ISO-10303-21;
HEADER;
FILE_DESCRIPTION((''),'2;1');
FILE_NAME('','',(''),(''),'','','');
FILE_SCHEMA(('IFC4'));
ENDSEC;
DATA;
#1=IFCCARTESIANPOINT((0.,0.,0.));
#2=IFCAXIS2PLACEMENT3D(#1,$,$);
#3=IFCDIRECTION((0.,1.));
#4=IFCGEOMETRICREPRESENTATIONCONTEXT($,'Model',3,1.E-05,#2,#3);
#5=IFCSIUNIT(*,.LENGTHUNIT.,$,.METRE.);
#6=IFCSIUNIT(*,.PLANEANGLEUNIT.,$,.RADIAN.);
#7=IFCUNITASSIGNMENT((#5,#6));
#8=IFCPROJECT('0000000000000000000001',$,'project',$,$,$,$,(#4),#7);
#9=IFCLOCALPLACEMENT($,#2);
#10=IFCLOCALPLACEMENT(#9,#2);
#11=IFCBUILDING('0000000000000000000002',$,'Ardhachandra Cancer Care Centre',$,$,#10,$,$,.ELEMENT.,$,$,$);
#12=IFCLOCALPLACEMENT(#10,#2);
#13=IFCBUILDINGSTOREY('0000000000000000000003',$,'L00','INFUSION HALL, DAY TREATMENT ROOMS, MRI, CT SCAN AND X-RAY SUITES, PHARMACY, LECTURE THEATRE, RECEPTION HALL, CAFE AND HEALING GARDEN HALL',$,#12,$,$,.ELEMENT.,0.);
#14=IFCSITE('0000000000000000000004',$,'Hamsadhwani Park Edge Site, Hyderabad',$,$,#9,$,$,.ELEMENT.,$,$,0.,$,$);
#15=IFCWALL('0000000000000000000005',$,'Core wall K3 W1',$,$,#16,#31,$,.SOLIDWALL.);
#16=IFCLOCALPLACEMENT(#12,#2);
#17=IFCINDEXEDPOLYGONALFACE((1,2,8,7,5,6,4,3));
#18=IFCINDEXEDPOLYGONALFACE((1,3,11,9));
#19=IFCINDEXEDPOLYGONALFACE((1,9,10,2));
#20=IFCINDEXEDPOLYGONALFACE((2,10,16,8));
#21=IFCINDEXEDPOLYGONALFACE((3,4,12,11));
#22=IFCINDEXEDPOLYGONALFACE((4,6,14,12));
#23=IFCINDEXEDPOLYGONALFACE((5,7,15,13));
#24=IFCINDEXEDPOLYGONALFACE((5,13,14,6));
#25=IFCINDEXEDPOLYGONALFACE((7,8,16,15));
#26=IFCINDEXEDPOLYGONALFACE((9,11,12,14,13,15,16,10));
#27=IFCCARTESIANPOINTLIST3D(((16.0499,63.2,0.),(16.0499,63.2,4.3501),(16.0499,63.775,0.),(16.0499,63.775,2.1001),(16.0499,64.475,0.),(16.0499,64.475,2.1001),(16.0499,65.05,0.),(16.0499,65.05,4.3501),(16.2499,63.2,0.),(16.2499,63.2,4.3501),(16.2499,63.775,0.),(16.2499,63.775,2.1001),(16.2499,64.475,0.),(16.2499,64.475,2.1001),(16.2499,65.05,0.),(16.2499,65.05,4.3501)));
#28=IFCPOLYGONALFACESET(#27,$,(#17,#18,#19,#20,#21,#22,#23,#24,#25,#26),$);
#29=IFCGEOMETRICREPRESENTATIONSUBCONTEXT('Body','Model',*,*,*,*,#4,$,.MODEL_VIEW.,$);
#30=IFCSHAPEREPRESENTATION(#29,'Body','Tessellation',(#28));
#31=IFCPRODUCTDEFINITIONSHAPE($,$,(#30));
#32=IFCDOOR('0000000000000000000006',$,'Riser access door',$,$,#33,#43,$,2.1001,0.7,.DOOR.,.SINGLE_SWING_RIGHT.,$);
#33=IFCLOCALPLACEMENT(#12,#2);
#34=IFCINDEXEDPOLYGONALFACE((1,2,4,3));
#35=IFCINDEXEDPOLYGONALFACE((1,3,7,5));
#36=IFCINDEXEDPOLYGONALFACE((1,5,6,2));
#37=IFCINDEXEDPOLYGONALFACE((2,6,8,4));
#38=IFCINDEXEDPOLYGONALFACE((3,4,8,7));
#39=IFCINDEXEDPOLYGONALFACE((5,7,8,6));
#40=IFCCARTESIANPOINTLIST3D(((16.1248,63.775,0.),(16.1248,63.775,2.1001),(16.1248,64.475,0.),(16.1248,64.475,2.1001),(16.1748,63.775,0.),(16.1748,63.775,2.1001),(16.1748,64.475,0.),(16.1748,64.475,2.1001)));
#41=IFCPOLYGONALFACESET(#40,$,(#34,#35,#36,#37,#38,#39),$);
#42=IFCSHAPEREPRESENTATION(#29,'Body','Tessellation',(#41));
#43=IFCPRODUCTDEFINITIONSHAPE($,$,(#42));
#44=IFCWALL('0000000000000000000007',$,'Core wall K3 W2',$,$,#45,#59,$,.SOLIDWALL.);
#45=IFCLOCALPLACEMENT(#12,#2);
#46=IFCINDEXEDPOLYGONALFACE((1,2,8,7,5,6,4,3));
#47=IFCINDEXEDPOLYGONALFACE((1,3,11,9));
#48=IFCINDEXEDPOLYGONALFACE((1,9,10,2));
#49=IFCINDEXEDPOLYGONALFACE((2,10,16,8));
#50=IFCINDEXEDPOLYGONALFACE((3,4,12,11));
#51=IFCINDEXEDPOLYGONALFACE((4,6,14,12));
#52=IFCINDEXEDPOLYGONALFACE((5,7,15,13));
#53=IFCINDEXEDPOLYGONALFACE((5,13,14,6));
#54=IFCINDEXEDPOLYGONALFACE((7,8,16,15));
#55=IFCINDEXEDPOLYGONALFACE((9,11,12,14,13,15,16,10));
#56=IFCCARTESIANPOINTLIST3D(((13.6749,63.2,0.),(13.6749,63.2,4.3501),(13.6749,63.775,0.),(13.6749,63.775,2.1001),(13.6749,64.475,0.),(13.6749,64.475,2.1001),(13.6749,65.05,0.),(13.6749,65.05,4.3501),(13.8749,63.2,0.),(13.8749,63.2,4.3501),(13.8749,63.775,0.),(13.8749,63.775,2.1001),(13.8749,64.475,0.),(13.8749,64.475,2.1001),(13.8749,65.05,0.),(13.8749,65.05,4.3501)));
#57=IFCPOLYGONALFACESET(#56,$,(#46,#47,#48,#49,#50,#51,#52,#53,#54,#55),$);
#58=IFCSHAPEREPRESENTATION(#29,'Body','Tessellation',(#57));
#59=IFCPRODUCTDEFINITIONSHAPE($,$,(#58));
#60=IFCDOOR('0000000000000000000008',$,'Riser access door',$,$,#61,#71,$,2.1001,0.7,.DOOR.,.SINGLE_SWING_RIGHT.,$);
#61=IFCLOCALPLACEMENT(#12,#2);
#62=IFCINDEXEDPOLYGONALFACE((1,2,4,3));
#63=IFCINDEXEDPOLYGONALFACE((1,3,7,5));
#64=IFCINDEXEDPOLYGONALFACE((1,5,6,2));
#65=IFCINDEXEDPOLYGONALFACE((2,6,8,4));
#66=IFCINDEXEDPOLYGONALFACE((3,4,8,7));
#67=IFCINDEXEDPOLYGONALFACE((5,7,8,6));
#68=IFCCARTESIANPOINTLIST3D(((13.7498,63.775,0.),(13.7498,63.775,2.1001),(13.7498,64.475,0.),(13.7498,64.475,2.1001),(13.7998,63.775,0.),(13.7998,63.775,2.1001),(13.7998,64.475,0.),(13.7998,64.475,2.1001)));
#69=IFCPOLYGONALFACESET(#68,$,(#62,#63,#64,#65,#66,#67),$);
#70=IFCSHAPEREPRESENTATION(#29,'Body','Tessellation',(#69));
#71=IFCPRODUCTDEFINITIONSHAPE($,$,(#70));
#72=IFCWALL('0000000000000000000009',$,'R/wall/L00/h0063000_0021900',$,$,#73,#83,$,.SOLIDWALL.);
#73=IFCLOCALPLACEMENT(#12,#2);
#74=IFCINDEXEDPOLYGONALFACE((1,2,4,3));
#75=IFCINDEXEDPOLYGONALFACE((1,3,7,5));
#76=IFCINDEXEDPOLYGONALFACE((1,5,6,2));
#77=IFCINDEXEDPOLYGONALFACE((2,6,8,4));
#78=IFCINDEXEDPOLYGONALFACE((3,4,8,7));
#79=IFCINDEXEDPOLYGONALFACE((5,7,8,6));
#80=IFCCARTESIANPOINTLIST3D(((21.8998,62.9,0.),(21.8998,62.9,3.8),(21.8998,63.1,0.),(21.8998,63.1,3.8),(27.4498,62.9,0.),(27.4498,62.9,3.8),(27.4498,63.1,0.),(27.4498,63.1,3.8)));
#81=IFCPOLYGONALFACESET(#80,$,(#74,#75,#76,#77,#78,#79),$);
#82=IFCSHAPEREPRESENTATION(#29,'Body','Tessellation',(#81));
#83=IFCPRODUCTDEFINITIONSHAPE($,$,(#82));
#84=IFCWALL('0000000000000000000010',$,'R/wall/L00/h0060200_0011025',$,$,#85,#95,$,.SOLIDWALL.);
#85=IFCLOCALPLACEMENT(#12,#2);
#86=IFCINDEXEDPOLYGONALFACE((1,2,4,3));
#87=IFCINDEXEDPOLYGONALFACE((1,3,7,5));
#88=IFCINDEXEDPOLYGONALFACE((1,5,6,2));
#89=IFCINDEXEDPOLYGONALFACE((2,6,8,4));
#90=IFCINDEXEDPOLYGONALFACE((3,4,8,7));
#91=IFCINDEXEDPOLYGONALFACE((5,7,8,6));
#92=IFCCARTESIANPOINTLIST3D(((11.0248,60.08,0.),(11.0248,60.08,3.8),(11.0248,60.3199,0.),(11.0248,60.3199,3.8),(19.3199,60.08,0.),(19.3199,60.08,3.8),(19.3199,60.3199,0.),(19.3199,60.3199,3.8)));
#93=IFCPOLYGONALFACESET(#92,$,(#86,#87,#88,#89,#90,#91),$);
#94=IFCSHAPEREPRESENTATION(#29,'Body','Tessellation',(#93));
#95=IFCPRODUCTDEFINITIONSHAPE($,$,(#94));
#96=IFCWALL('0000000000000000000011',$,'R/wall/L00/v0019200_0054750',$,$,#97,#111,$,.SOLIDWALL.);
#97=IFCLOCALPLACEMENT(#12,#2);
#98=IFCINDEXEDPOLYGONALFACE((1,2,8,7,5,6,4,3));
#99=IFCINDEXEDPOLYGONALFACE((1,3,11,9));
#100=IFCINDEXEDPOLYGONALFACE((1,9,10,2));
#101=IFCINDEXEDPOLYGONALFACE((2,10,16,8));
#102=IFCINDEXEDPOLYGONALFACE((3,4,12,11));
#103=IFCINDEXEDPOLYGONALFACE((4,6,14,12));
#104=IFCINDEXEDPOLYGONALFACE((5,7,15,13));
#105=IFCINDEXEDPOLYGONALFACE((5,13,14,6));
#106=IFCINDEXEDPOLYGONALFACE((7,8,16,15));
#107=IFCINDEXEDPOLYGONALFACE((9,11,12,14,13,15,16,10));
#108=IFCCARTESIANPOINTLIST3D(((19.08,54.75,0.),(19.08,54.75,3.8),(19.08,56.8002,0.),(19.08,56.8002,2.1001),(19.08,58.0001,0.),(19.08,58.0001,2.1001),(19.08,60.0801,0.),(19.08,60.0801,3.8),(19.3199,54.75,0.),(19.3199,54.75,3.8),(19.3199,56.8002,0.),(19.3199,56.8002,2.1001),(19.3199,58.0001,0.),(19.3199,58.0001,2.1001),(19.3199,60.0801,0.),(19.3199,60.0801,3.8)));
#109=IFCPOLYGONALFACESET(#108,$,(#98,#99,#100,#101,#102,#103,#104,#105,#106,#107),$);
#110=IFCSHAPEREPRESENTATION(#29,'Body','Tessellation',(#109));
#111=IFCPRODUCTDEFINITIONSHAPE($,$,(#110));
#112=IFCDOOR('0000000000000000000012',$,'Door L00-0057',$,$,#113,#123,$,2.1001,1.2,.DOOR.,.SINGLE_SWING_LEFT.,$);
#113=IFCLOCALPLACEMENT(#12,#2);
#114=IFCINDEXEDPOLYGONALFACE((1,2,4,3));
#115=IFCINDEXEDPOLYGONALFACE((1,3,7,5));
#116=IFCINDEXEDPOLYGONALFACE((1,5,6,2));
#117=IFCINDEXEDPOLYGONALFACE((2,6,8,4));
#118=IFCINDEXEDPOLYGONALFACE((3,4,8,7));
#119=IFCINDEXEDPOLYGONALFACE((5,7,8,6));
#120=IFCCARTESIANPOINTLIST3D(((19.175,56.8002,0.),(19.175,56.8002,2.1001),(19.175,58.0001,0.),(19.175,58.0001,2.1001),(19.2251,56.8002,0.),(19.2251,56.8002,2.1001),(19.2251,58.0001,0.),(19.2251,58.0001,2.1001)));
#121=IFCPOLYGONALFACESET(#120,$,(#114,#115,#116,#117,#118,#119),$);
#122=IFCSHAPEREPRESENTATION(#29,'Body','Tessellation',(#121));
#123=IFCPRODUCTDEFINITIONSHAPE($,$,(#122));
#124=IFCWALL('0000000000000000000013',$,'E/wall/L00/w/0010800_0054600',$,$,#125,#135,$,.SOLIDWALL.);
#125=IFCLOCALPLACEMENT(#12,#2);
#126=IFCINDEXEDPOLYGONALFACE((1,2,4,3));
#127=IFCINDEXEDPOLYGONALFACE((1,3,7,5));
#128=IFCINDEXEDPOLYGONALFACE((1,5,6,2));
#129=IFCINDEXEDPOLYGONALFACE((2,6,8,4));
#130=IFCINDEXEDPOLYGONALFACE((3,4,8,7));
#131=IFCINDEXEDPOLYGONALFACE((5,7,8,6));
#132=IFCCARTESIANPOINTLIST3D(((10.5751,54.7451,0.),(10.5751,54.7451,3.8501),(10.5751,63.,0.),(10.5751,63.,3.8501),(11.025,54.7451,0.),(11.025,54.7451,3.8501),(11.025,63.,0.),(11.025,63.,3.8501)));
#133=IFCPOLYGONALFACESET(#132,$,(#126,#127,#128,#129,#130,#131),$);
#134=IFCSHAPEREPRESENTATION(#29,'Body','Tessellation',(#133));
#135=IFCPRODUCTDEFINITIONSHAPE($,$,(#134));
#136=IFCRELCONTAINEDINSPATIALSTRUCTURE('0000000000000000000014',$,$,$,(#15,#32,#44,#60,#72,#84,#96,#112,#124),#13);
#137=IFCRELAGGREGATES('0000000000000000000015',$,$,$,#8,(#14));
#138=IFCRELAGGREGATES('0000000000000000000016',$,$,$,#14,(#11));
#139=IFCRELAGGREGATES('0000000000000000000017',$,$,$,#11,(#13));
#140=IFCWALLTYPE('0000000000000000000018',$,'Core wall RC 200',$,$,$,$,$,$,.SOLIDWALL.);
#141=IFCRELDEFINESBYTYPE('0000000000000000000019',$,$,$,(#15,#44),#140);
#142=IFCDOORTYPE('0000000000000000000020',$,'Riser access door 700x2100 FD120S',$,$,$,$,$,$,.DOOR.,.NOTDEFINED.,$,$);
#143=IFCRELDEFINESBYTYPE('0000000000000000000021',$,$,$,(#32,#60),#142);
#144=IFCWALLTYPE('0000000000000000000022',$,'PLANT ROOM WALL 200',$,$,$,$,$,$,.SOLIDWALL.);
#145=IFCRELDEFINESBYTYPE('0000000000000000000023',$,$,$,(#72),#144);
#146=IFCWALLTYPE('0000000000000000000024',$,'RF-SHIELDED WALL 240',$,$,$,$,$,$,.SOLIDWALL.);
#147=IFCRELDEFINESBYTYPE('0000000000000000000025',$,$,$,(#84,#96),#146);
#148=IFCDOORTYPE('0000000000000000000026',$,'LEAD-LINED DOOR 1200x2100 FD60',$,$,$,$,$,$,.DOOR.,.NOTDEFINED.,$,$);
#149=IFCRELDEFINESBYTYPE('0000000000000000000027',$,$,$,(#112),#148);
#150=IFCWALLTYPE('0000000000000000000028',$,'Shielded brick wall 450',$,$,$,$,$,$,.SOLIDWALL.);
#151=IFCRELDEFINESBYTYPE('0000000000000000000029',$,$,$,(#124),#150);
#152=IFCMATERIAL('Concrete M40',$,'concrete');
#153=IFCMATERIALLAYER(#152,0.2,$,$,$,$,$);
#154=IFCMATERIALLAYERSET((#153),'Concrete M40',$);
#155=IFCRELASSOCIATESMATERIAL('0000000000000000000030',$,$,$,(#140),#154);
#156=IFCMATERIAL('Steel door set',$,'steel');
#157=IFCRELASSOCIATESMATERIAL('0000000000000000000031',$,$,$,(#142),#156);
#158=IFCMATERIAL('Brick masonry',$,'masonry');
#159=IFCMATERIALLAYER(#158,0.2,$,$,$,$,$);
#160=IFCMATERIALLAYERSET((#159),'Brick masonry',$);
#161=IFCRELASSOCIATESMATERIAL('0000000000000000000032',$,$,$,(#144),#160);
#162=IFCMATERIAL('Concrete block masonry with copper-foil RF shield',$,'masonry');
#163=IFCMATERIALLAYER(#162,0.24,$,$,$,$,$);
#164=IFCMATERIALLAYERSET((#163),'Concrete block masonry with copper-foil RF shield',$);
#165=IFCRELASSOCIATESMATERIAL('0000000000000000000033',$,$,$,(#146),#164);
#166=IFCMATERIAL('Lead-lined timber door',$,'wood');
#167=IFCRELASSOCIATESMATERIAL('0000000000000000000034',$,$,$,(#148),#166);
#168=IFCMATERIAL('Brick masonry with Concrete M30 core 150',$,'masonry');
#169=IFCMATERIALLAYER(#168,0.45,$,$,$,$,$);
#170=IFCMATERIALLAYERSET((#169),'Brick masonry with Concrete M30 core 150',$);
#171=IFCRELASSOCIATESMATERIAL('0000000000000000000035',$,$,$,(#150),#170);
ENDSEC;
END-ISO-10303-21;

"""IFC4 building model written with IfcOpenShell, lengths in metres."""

from ifc_helpers import new_model, si_unit, direction, frame, frame_2d, origin, place, context, subcontext, project, spatial, rectangle, extrude, material, layer, layer_set, type_object, element, fill, save


model = new_model("IFC4")

# Units and contexts
model_context = context("Model", 3, precision=1e-05, world=origin(), true_north=direction((0.0, 1.0)))
body_context = subcontext(model_context, "Body", "Model", "MODEL_VIEW")
ifc_project = project(units=[si_unit("LENGTHUNIT", "METRE"), si_unit("PLANEANGLEUNIT", "RADIAN")], contexts=[model_context])

# Site, building, storey
site_placement = place(None, origin())
site = spatial("IfcSite", under=ifc_project, at=site_placement, Name="Hamsadhwani Park Edge Site, Hyderabad", CompositionType="ELEMENT", RefElevation=0.0)
building_placement = place(site_placement, origin())
building = spatial("IfcBuilding", under=site, at=building_placement, Name="Ardhachandra Cancer Care Centre", CompositionType="ELEMENT")
storey_placement = place(building_placement, origin())
storey = spatial("IfcBuildingStorey", under=building, at=storey_placement, Name="L00", Description="INFUSION HALL, DAY TREATMENT ROOMS, MRI, CT SCAN AND X-RAY SUITES, PHARMACY, LECTURE THEATRE, RECEPTION HALL, CAFE AND HEALING GARDEN HALL", CompositionType="ELEMENT", Elevation=0.0)

# Shared definitions
ifc_material_1 = material(Name="Concrete M40", Category="concrete")
ifc_layer_1 = layer(ifc_material_1, 0.2)
ifc_layer_set_1 = layer_set([ifc_layer_1], Name="Concrete M40")
wall_type_1 = type_object("IfcWallType", Name="Core wall RC 200", PredefinedType="SOLIDWALL", material=ifc_layer_set_1)

# Walls, openings, doors
wall_1_placement = place(storey_placement, frame((16.1499, 65.05, 0.0), z_axis=(0.0, 0.0, 1.0), x_axis=(0.0, -1.0, 0.0)))
wall_1 = element("IfcWall", 1, at=wall_1_placement, inside=storey, type_object=wall_type_1, Name="Core wall K3 W1", PredefinedType="SOLIDWALL", context=body_context, shape_type="SweptSolid", body=[
    extrude(rectangle(XDim=1.8501, YDim=0.2, at=frame_2d((0.925, 0.0))), origin(), (0.0, 0.0, 1.0), 4.3501),
])
opening_1_placement = place(wall_1_placement, frame((0.575, 0.0, 0.0)))
opening_1 = element("IfcOpeningElement", 2, at=opening_1_placement, cuts=wall_1, PredefinedType="OPENING", context=body_context, shape_type="SweptSolid", body=[
    extrude(rectangle(XDim=0.7, YDim=2.1001, at=frame_2d((0.3501, 1.05))), frame((0.0, 0.1099, 0.0), z_axis=(0.0, -1.0, 0.0), x_axis=(1.0, 0.0, 0.0)), (0.0, 0.0, 1.0), 0.22),
])
ifc_material_2 = material(Name="Steel door set", Category="steel")
door_type_1 = type_object("IfcDoorType", Name="Riser access door 700x2100 FD120S", OperationType="NOTDEFINED", PredefinedType="DOOR", material=ifc_material_2)
door_1_placement = place(opening_1_placement, origin())
door_1 = element("IfcDoor", 3, at=door_1_placement, inside=storey, type_object=door_type_1, Name="Riser access door", OperationType="SINGLE_SWING_RIGHT", OverallHeight=2.1001, OverallWidth=0.7, PredefinedType="DOOR", context=body_context, shape_type="SweptSolid", body=[
    extrude(rectangle(XDim=0.7, YDim=2.1001, at=frame_2d((0.3501, 1.05))), frame((0.0, 0.0249, 0.0), z_axis=(0.0, -1.0, 0.0), x_axis=(1.0, 0.0, 0.0)), (0.0, 0.0, 1.0), 0.05),
])
fill(opening_1, door_1)
wall_2_placement = place(storey_placement, frame((13.7749, 65.05, 0.0), z_axis=(0.0, 0.0, 1.0), x_axis=(0.0, -1.0, 0.0)))
wall_2 = element("IfcWall", 4, at=wall_2_placement, inside=storey, type_object=wall_type_1, Name="Core wall K3 W2", PredefinedType="SOLIDWALL", context=body_context, shape_type="SweptSolid", body=[
    extrude(rectangle(XDim=1.8501, YDim=0.2, at=frame_2d((0.925, 0.0))), origin(), (0.0, 0.0, 1.0), 4.3501),
])
opening_2_placement = place(wall_2_placement, frame((0.575, 0.0, 0.0)))
opening_2 = element("IfcOpeningElement", 5, at=opening_2_placement, cuts=wall_2, PredefinedType="OPENING", context=body_context, shape_type="SweptSolid", body=[
    extrude(rectangle(XDim=0.7, YDim=2.1001, at=frame_2d((0.3501, 1.05))), frame((0.0, 0.1099, 0.0), z_axis=(0.0, -1.0, 0.0), x_axis=(1.0, 0.0, 0.0)), (0.0, 0.0, 1.0), 0.22),
])
door_2_placement = place(opening_2_placement, origin())
door_2 = element("IfcDoor", 6, at=door_2_placement, inside=storey, type_object=door_type_1, Name="Riser access door", OperationType="SINGLE_SWING_RIGHT", OverallHeight=2.1001, OverallWidth=0.7, PredefinedType="DOOR", context=body_context, shape_type="SweptSolid", body=[
    extrude(rectangle(XDim=0.7, YDim=2.1001, at=frame_2d((0.3501, 1.05))), frame((0.0, 0.0249, 0.0), z_axis=(0.0, -1.0, 0.0), x_axis=(1.0, 0.0, 0.0)), (0.0, 0.0, 1.0), 0.05),
])
fill(opening_2, door_2)

# Walls
ifc_material_3 = material(Name="Brick masonry", Category="masonry")
ifc_layer_2 = layer(ifc_material_3, 0.2)
ifc_layer_set_2 = layer_set([ifc_layer_2], Name="Brick masonry")
wall_type_2 = type_object("IfcWallType", Name="PLANT ROOM WALL 200", PredefinedType="SOLIDWALL", material=ifc_layer_set_2)
wall_3_placement = place(storey_placement, frame((21.8999, 63.0, 0.0), z_axis=(0.0, 0.0, 1.0), x_axis=(1.0, 0.0, 0.0)))
element("IfcWall", 7, at=wall_3_placement, inside=storey, type_object=wall_type_2, Name="R/wall/L00/h0063000_0021900", PredefinedType="SOLIDWALL", context=body_context, shape_type="SweptSolid", body=[
    extrude(rectangle(XDim=5.55, YDim=0.2, at=frame_2d((2.7749, 0.0))), origin(), (0.0, 0.0, 1.0), 3.8),
])
ifc_material_4 = material(Name="Concrete block masonry with copper-foil RF shield", Category="masonry")
ifc_layer_3 = layer(ifc_material_4, 0.24)
ifc_layer_set_3 = layer_set([ifc_layer_3], Name="Concrete block masonry with copper-foil RF shield")
wall_type_3 = type_object("IfcWallType", Name="RF-SHIELDED WALL 240", PredefinedType="SOLIDWALL", material=ifc_layer_set_3)
wall_4_placement = place(storey_placement, frame((11.0249, 60.2, 0.0), z_axis=(0.0, 0.0, 1.0), x_axis=(1.0, 0.0, 0.0)))
element("IfcWall", 8, at=wall_4_placement, inside=storey, type_object=wall_type_3, Name="R/wall/L00/h0060200_0011025", PredefinedType="SOLIDWALL", context=body_context, shape_type="SweptSolid", body=[
    extrude(rectangle(XDim=8.2952, YDim=0.24, at=frame_2d((4.1475, 0.0))), origin(), (0.0, 0.0, 1.0), 3.8),
])

# Wall, opening, door
wall_5_placement = place(storey_placement, frame((19.2, 54.75, 0.0), z_axis=(0.0, 0.0, 1.0), x_axis=(0.0, 1.0, 0.0)))
wall_5 = element("IfcWall", 9, at=wall_5_placement, inside=storey, type_object=wall_type_3, Name="R/wall/L00/v0019200_0054750", PredefinedType="SOLIDWALL", context=body_context, shape_type="SweptSolid", body=[
    extrude(rectangle(XDim=5.3301, YDim=0.24, at=frame_2d((2.665, 0.0))), origin(), (0.0, 0.0, 1.0), 3.8),
])
opening_3_placement = place(wall_5_placement, frame((2.05, 0.0, 0.0)))
opening_3 = element("IfcOpeningElement", 10, at=opening_3_placement, cuts=wall_5, PredefinedType="OPENING", context=body_context, shape_type="SweptSolid", body=[
    extrude(rectangle(XDim=1.2, YDim=2.1001, at=frame_2d((0.6001, 1.05))), frame((0.0, 0.1299, 0.0), z_axis=(0.0, -1.0, 0.0), x_axis=(1.0, 0.0, 0.0)), (0.0, 0.0, 1.0), 0.26),
])
ifc_material_5 = material(Name="Lead-lined timber door", Category="wood")
door_type_2 = type_object("IfcDoorType", Name="LEAD-LINED DOOR 1200x2100 FD60", OperationType="NOTDEFINED", PredefinedType="DOOR", material=ifc_material_5)
door_3_placement = place(opening_3_placement, origin())
door_3 = element("IfcDoor", 11, at=door_3_placement, inside=storey, type_object=door_type_2, Name="Door L00-0057", OperationType="SINGLE_SWING_LEFT", OverallHeight=2.1001, OverallWidth=1.2, PredefinedType="DOOR", context=body_context, shape_type="SweptSolid", body=[
    extrude(rectangle(XDim=1.2, YDim=2.1001, at=frame_2d((0.6001, 1.05))), frame((0.0, 0.0249, 0.0), z_axis=(0.0, -1.0, 0.0), x_axis=(1.0, 0.0, 0.0)), (0.0, 0.0, 1.0), 0.05),
])
fill(opening_3, door_3)

# Wall
ifc_material_6 = material(Name="Brick masonry with Concrete M30 core 150", Category="masonry")
ifc_layer_4 = layer(ifc_material_6, 0.45)
ifc_layer_set_4 = layer_set([ifc_layer_4], Name="Brick masonry with Concrete M30 core 150")
wall_type_4 = type_object("IfcWallType", Name="Shielded brick wall 450", PredefinedType="SOLIDWALL", material=ifc_layer_set_4)
wall_6_placement = place(storey_placement, frame((10.8, 54.7451, 0.0), z_axis=(0.0, 0.0, 1.0), x_axis=(0.0, 1.0, 0.0)))
element("IfcWall", 12, at=wall_6_placement, inside=storey, type_object=wall_type_4, Name="E/wall/L00/w/0010800_0054600", PredefinedType="SOLIDWALL", context=body_context, shape_type="SweptSolid", body=[
    extrude(rectangle(XDim=8.2549, YDim=0.45, at=frame_2d((4.1274, 0.0))), origin(), (0.0, 0.0, 1.0), 3.8501),
])

save(model, "model.ifc")
